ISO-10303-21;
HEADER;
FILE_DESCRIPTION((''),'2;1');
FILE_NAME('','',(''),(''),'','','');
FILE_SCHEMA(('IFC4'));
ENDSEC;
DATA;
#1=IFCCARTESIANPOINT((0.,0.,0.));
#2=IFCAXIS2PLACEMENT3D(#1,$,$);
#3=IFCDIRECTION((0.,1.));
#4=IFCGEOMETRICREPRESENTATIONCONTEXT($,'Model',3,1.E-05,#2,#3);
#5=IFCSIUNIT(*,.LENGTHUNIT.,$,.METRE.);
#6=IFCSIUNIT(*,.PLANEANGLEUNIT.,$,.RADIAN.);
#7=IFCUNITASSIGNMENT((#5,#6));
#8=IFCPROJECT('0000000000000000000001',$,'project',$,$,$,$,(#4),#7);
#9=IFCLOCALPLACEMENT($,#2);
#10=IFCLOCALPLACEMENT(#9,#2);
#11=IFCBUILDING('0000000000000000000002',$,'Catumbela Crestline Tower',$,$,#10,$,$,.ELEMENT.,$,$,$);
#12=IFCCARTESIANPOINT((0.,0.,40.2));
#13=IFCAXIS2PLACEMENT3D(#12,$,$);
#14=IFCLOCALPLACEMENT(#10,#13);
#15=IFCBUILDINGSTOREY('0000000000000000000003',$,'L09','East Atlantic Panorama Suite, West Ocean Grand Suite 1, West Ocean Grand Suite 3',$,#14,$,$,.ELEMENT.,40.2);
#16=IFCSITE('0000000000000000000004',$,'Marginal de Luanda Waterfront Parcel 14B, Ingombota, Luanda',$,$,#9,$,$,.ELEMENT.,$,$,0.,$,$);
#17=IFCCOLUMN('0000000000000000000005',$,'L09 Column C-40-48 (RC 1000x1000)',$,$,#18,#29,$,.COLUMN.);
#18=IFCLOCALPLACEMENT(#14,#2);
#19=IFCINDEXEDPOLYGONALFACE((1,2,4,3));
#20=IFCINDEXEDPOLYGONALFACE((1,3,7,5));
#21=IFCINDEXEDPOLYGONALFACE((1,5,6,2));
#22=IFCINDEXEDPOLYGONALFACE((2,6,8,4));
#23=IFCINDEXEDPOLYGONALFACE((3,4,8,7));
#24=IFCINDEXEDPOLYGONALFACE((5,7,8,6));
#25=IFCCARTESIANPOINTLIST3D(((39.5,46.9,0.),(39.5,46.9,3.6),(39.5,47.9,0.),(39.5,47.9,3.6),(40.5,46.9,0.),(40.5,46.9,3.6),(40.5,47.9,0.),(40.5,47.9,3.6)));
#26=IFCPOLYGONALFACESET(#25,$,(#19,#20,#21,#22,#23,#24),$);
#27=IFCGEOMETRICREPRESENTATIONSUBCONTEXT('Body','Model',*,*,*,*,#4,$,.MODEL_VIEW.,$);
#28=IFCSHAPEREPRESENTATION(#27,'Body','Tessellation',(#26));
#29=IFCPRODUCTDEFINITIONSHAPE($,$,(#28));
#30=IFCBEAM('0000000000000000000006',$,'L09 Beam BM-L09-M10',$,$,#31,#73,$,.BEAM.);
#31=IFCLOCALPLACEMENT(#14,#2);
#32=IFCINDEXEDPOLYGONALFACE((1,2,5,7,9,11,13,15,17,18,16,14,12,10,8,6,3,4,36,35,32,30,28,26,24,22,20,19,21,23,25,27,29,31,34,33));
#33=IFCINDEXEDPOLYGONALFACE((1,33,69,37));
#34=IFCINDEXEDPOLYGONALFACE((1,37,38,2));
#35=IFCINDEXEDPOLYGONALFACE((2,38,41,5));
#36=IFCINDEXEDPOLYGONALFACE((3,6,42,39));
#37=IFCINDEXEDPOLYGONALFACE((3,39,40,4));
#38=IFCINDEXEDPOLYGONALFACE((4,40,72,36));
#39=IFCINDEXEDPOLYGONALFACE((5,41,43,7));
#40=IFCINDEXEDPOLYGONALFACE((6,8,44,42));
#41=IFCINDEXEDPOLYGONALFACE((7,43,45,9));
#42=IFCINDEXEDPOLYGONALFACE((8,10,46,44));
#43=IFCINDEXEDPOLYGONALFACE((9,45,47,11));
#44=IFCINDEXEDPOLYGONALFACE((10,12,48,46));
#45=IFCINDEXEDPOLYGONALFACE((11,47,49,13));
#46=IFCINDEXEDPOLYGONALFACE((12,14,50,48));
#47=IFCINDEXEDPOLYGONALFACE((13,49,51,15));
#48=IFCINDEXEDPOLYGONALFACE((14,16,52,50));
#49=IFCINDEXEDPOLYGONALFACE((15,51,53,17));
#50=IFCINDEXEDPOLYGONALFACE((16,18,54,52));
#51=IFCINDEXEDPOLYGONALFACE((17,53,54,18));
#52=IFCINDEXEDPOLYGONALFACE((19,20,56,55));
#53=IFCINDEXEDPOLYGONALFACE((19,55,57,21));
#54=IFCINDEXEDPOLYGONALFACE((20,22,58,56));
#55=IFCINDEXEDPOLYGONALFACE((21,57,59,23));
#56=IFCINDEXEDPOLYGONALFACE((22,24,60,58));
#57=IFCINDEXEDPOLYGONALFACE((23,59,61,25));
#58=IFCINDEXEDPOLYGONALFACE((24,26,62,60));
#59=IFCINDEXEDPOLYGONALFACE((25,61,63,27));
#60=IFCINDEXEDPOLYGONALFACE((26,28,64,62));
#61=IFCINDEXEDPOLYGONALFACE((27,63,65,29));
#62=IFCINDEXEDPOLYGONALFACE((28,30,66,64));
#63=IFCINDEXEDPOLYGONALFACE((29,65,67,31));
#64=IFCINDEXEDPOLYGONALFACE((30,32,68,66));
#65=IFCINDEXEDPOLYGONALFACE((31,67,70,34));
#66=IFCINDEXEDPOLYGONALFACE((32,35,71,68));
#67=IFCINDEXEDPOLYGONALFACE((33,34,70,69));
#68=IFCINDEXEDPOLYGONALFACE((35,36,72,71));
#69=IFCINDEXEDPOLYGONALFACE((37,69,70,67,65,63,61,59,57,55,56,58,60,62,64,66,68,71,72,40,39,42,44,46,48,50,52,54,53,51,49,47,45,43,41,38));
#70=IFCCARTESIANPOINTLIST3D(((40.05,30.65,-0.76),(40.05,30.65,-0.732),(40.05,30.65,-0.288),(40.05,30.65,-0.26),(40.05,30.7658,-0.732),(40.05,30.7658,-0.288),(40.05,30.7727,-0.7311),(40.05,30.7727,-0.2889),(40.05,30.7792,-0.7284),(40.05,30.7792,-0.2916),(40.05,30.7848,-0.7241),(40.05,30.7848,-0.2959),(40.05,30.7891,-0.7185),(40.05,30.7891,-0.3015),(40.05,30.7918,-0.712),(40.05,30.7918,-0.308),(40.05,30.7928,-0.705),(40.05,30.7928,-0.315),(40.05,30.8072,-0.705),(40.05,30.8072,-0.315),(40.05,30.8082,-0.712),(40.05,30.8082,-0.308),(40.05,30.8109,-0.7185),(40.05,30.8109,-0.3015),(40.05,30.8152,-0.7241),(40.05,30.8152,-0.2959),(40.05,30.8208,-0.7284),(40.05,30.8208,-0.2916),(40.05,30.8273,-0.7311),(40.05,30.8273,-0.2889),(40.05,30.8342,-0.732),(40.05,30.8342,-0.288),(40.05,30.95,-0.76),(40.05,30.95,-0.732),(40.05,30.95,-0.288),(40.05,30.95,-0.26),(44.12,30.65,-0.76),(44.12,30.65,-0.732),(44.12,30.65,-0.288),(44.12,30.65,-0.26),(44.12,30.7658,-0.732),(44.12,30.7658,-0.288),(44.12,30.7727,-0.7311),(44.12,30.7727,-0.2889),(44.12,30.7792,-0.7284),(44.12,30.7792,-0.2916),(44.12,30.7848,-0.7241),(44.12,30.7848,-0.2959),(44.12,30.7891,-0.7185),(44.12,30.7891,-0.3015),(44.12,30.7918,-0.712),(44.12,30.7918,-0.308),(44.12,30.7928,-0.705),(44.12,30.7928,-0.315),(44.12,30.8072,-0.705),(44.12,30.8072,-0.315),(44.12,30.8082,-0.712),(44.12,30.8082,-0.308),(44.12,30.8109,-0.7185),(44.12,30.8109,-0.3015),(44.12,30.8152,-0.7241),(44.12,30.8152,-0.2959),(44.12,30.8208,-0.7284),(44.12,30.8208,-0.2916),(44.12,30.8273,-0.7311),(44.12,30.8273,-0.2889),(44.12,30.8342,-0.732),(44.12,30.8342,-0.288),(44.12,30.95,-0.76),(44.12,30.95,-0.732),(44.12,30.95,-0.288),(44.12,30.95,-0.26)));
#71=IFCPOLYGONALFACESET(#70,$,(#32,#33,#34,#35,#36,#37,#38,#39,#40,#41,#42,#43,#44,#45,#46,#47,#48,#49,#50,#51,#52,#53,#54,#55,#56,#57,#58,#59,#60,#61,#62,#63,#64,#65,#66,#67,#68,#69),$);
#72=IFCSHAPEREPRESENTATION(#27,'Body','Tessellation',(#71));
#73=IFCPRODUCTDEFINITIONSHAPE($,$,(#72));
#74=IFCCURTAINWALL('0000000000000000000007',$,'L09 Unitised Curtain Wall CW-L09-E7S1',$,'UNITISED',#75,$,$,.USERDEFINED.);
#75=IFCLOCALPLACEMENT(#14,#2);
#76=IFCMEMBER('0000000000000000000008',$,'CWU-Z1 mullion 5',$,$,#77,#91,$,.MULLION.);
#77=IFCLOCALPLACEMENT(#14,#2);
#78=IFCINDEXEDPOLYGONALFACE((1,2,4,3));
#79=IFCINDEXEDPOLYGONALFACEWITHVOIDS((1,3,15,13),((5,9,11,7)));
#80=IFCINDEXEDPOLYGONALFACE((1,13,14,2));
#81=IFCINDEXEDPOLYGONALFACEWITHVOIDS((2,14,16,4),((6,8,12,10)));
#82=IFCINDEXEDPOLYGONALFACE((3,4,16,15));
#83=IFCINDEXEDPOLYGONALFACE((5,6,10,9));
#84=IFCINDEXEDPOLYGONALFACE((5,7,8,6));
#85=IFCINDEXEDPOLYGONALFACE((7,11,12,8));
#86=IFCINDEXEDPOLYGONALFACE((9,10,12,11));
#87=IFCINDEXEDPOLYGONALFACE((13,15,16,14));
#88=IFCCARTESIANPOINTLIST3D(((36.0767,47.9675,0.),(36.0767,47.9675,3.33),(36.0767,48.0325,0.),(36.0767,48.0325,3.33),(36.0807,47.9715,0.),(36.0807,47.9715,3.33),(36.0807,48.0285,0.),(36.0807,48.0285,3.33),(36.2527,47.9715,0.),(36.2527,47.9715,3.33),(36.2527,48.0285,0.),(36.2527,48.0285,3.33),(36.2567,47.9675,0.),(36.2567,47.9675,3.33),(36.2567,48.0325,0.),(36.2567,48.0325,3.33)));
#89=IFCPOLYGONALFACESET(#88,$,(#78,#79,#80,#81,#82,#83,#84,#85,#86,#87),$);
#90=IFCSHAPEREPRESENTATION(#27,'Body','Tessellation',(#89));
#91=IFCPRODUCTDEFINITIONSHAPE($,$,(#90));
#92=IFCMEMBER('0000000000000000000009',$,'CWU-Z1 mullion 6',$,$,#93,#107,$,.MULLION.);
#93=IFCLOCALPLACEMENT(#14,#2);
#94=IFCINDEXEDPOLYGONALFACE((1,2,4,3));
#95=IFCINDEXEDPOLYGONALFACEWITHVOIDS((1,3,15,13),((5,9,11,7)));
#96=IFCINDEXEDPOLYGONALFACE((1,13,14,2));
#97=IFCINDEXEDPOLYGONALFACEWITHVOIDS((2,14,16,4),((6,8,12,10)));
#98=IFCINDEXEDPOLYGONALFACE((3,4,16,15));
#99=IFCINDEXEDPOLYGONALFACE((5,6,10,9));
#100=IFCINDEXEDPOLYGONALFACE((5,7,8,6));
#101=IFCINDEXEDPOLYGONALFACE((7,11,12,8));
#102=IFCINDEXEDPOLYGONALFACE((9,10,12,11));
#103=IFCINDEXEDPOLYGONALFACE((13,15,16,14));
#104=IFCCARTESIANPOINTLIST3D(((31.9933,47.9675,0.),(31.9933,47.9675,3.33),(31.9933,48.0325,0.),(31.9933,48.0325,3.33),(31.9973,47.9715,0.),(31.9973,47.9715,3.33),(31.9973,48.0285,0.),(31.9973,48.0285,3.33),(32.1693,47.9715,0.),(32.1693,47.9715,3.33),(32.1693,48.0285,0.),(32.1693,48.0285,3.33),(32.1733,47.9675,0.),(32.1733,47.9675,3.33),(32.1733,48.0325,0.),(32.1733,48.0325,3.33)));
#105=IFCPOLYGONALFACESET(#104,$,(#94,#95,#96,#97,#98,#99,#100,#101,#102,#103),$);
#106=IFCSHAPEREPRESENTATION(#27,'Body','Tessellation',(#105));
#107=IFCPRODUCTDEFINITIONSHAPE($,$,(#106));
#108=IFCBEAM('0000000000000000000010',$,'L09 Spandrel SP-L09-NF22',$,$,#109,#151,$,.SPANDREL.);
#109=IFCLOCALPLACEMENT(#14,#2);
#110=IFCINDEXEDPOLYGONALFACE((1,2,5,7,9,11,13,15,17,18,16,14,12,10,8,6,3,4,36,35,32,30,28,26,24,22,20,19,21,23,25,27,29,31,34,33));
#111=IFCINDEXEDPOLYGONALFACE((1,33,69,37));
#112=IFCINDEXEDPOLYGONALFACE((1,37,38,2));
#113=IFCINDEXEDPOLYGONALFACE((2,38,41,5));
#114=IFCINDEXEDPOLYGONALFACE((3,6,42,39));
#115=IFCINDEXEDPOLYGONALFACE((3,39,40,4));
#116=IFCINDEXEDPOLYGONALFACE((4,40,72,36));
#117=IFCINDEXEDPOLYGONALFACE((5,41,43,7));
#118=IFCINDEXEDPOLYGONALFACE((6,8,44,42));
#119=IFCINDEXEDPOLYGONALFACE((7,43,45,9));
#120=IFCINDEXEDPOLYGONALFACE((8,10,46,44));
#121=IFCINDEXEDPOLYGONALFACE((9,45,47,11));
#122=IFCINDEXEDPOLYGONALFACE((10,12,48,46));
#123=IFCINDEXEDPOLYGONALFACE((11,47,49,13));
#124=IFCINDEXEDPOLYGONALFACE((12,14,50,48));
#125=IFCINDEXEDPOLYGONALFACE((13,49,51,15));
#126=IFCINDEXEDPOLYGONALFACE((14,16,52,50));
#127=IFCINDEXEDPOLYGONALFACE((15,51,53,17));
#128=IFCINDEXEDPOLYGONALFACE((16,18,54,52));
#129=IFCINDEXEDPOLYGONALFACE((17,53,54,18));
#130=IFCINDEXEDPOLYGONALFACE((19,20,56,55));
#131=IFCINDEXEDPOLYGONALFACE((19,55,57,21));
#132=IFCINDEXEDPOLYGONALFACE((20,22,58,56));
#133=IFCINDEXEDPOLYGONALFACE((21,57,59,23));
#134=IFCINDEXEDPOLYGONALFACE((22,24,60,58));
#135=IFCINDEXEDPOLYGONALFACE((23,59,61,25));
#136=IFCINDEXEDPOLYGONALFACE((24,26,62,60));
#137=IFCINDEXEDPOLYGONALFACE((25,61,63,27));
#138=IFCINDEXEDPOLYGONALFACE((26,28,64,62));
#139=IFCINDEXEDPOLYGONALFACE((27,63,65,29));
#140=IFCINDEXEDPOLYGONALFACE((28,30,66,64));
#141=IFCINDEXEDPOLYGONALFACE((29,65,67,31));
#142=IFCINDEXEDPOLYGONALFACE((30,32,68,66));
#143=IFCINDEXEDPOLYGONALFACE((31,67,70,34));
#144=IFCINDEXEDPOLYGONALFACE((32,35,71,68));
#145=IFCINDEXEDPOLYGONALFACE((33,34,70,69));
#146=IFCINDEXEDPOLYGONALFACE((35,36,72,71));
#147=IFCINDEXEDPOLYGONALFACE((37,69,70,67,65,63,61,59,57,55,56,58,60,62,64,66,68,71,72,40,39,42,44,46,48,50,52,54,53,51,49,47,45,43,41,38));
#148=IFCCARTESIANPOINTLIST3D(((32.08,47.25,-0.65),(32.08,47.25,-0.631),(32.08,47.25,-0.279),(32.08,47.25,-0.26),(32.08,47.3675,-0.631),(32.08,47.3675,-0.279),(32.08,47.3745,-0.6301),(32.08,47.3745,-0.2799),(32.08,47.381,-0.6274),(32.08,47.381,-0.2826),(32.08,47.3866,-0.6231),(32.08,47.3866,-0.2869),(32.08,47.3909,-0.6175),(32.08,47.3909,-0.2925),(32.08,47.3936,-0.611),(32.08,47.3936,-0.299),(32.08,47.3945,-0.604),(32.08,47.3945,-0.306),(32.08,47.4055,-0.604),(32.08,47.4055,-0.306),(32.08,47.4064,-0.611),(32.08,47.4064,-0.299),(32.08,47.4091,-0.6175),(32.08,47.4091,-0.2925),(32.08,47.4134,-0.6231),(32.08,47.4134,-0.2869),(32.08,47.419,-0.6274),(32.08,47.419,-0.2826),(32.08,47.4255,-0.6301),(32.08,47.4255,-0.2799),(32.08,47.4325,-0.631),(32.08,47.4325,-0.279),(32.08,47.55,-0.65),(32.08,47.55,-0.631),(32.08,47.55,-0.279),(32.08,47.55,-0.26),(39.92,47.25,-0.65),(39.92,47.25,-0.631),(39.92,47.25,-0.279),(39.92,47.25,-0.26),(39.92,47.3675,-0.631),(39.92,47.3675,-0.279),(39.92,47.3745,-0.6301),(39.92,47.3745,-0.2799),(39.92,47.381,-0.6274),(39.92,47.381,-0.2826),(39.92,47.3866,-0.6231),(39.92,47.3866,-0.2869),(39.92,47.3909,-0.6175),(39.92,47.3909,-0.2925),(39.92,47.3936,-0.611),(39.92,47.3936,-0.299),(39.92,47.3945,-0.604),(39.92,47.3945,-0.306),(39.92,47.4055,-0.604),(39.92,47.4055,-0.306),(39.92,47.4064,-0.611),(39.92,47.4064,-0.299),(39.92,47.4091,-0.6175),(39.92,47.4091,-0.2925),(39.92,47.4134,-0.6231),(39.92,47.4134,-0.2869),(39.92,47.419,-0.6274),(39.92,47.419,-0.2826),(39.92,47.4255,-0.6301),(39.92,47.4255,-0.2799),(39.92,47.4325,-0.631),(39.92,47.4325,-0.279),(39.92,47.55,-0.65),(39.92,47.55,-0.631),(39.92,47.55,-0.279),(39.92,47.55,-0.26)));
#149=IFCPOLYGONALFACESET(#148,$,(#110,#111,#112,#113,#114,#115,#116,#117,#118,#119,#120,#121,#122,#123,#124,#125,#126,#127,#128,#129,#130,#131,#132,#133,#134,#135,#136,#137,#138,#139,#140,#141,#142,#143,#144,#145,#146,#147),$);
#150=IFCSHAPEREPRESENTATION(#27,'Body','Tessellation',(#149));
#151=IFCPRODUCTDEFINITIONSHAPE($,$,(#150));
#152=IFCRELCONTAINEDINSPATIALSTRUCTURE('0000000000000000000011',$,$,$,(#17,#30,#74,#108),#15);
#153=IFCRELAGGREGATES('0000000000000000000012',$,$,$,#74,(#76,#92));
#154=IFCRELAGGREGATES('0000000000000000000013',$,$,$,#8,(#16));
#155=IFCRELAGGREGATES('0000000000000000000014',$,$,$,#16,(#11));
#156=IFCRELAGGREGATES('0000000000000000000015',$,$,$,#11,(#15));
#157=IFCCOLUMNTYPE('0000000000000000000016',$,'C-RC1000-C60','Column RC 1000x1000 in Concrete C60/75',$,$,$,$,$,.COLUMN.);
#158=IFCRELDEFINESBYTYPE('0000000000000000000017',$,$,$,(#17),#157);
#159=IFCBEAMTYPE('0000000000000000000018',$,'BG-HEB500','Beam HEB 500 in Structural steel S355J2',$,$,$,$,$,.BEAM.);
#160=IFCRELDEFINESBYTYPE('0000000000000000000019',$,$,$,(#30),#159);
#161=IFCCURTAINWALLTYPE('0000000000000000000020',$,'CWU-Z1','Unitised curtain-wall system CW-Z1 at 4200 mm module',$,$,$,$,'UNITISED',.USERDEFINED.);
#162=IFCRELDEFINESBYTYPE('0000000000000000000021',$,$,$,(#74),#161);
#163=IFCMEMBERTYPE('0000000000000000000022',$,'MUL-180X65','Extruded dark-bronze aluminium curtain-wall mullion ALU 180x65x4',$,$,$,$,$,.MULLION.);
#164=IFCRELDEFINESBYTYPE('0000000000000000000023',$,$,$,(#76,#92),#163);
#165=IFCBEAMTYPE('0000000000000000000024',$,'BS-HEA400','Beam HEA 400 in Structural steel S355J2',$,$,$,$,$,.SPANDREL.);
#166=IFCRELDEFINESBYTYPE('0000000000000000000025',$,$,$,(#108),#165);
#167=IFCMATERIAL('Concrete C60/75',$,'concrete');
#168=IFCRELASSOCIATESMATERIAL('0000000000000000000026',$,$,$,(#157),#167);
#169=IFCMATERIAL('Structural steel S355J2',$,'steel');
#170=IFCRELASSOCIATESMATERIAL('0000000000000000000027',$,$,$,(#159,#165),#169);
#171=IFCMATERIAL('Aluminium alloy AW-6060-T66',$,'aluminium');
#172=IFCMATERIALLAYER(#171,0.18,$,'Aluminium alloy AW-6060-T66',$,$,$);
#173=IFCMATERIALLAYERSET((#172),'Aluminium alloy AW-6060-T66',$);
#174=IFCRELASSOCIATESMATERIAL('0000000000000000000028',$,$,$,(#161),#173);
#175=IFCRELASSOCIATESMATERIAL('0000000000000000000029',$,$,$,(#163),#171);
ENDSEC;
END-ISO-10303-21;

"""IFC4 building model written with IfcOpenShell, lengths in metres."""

from ifc_helpers import new_model, si_unit, direction, frame, origin, origin_2d, place, context, subcontext, project, spatial, rectangle, hollow_rectangle, i_section, extrude, material, layer, layer_set, material_profile, profile_set, type_object, element, aggregate, save


model = new_model("IFC4")

# Units and contexts
model_context = context("Model", 3, precision=1e-05, world=origin(), true_north=direction((0.0, 1.0)))
body_context = subcontext(model_context, "Body", "Model", "MODEL_VIEW")
ifc_project = project(units=[si_unit("LENGTHUNIT", "METRE"), si_unit("PLANEANGLEUNIT", "RADIAN")], contexts=[model_context])

# Site, building, storey
site_placement = place(None, origin())
site = spatial("IfcSite", under=ifc_project, at=site_placement, Name="Marginal de Luanda Waterfront Parcel 14B, Ingombota, Luanda", CompositionType="ELEMENT", RefElevation=0.0)
building_placement = place(site_placement, origin())
building = spatial("IfcBuilding", under=site, at=building_placement, Name="Catumbela Crestline Tower", CompositionType="ELEMENT")
storey_placement = place(building_placement, frame((0.0, 0.0, 40.2)))
storey = spatial("IfcBuildingStorey", under=building, at=storey_placement, Name="L09", Description="East Atlantic Panorama Suite, West Ocean Grand Suite 1, West Ocean Grand Suite 3", CompositionType="ELEMENT", Elevation=40.2)

# Column
ifc_material_1 = material(Name="Concrete C60/75", Category="concrete")
ifc_material_profile_1 = material_profile(ifc_material_1, rectangle(XDim=1.0, YDim=1.0, at=origin_2d()), Name="RC 1000x1000")
ifc_profile_set_1 = profile_set([ifc_material_profile_1], Name="Concrete C60/75")
column_type = type_object("IfcColumnType", Name="C-RC1000-C60", Description="Column RC 1000x1000 in Concrete C60/75", PredefinedType="COLUMN", material=ifc_profile_set_1)
column_placement = place(storey_placement, frame((40.0, 47.4, 0.0), z_axis=(0.0, 0.0, 1.0), x_axis=(1.0, 0.0, 0.0)))
element("IfcColumn", 1, at=column_placement, inside=storey, type_object=column_type, Name="L09 Column C-40-48 (RC 1000x1000)", PredefinedType="COLUMN", context=body_context, shape_type="SweptSolid", body=[
    extrude(rectangle(XDim=1.0, YDim=1.0, at=origin_2d()), origin(), (0.0, 0.0, 1.0), 3.6),
])

# Beam
ifc_material_2 = material(Name="Structural steel S355J2", Category="steel")
ifc_material_profile_2 = material_profile(ifc_material_2, i_section(OverallWidth=0.3, OverallDepth=0.5, WebThickness=0.0145, FlangeThickness=0.028, FilletRadius=0.027, at=origin_2d()), Name="HEB 500")
ifc_profile_set_2 = profile_set([ifc_material_profile_2], Name="Structural steel S355J2")
beam_type_1 = type_object("IfcBeamType", Name="BG-HEB500", Description="Beam HEB 500 in Structural steel S355J2", PredefinedType="BEAM", material=ifc_profile_set_2)
beam_1_placement = place(storey_placement, frame((40.05, 30.8, -0.51), z_axis=(1.0, 0.0, 0.0), x_axis=(0.0, 1.0, 0.0)))
element("IfcBeam", 2, at=beam_1_placement, inside=storey, type_object=beam_type_1, Name="L09 Beam BM-L09-M10", PredefinedType="BEAM", context=body_context, shape_type="SweptSolid", body=[
    extrude(i_section(OverallWidth=0.3, OverallDepth=0.5, WebThickness=0.0145, FlangeThickness=0.028, FilletRadius=0.027, at=origin_2d()), origin(), (0.0, 0.0, 1.0), 4.07),
])

# Curtain wall, members
ifc_material_3 = material(Name="Aluminium alloy AW-6060-T66", Category="aluminium")
ifc_layer_1 = layer(ifc_material_3, 0.18, Name="Aluminium alloy AW-6060-T66")
ifc_layer_set_1 = layer_set([ifc_layer_1], Name="Aluminium alloy AW-6060-T66")
curtain_wall_type = type_object("IfcCurtainWallType", Name="CWU-Z1", Description="Unitised curtain-wall system CW-Z1 at 4200 mm module", ElementType="UNITISED", PredefinedType="USERDEFINED", material=ifc_layer_set_1)
curtain_wall_placement = place(storey_placement, origin())
curtain_wall = element("IfcCurtainWall", 3, at=curtain_wall_placement, inside=storey, type_object=curtain_wall_type, Name="L09 Unitised Curtain Wall CW-L09-E7S1", ObjectType="UNITISED", PredefinedType="USERDEFINED")
ifc_material_profile_3 = material_profile(ifc_material_3, hollow_rectangle(XDim=0.065, YDim=0.18, WallThickness=0.004, at=origin_2d()), Name="ALU 180x65x4")
ifc_profile_set_3 = profile_set([ifc_material_profile_3], Name="Aluminium alloy AW-6060-T66")
member_type_1 = type_object("IfcMemberType", Name="MUL-180X65", Description="Extruded dark-bronze aluminium curtain-wall mullion ALU 180x65x4", PredefinedType="MULLION", material=ifc_profile_set_3)
member_1_placement = place(storey_placement, frame((36.1667, 48.0, 0.0), z_axis=(0.0, 0.0, 1.0), x_axis=(0.0, -1.0, 0.0)))
member_1 = element("IfcMember", 4, at=member_1_placement, type_object=member_type_1, Name="CWU-Z1 mullion 5", PredefinedType="MULLION", context=body_context, shape_type="SweptSolid", body=[
    extrude(hollow_rectangle(XDim=0.065, YDim=0.18, WallThickness=0.004, at=origin_2d()), origin(), (0.0, 0.0, 1.0), 3.33),
])
member_2_placement = place(storey_placement, frame((32.0833, 48.0, 0.0), z_axis=(0.0, 0.0, 1.0), x_axis=(0.0, -1.0, 0.0)))
member_2 = element("IfcMember", 5, at=member_2_placement, type_object=member_type_1, Name="CWU-Z1 mullion 6", PredefinedType="MULLION", context=body_context, shape_type="SweptSolid", body=[
    extrude(hollow_rectangle(XDim=0.065, YDim=0.18, WallThickness=0.004, at=origin_2d()), origin(), (0.0, 0.0, 1.0), 3.33),
])

# Beam
ifc_material_profile_4 = material_profile(ifc_material_2, i_section(OverallWidth=0.3, OverallDepth=0.39, WebThickness=0.011, FlangeThickness=0.019, FilletRadius=0.027, at=origin_2d()), Name="HEA 400")
ifc_profile_set_4 = profile_set([ifc_material_profile_4], Name="Structural steel S355J2")
beam_type_2 = type_object("IfcBeamType", Name="BS-HEA400", Description="Beam HEA 400 in Structural steel S355J2", PredefinedType="SPANDREL", material=ifc_profile_set_4)
beam_2_placement = place(storey_placement, frame((32.08, 47.4, -0.455), z_axis=(1.0, 0.0, 0.0), x_axis=(0.0, 1.0, 0.0)))
element("IfcBeam", 6, at=beam_2_placement, inside=storey, type_object=beam_type_2, Name="L09 Spandrel SP-L09-NF22", PredefinedType="SPANDREL", context=body_context, shape_type="SweptSolid", body=[
    extrude(i_section(OverallWidth=0.3, OverallDepth=0.39, WebThickness=0.011, FlangeThickness=0.019, FilletRadius=0.027, at=origin_2d()), origin(), (0.0, 0.0, 1.0), 7.84),
])

aggregate(curtain_wall, [member_1, member_2])

save(model, "model.ifc")
